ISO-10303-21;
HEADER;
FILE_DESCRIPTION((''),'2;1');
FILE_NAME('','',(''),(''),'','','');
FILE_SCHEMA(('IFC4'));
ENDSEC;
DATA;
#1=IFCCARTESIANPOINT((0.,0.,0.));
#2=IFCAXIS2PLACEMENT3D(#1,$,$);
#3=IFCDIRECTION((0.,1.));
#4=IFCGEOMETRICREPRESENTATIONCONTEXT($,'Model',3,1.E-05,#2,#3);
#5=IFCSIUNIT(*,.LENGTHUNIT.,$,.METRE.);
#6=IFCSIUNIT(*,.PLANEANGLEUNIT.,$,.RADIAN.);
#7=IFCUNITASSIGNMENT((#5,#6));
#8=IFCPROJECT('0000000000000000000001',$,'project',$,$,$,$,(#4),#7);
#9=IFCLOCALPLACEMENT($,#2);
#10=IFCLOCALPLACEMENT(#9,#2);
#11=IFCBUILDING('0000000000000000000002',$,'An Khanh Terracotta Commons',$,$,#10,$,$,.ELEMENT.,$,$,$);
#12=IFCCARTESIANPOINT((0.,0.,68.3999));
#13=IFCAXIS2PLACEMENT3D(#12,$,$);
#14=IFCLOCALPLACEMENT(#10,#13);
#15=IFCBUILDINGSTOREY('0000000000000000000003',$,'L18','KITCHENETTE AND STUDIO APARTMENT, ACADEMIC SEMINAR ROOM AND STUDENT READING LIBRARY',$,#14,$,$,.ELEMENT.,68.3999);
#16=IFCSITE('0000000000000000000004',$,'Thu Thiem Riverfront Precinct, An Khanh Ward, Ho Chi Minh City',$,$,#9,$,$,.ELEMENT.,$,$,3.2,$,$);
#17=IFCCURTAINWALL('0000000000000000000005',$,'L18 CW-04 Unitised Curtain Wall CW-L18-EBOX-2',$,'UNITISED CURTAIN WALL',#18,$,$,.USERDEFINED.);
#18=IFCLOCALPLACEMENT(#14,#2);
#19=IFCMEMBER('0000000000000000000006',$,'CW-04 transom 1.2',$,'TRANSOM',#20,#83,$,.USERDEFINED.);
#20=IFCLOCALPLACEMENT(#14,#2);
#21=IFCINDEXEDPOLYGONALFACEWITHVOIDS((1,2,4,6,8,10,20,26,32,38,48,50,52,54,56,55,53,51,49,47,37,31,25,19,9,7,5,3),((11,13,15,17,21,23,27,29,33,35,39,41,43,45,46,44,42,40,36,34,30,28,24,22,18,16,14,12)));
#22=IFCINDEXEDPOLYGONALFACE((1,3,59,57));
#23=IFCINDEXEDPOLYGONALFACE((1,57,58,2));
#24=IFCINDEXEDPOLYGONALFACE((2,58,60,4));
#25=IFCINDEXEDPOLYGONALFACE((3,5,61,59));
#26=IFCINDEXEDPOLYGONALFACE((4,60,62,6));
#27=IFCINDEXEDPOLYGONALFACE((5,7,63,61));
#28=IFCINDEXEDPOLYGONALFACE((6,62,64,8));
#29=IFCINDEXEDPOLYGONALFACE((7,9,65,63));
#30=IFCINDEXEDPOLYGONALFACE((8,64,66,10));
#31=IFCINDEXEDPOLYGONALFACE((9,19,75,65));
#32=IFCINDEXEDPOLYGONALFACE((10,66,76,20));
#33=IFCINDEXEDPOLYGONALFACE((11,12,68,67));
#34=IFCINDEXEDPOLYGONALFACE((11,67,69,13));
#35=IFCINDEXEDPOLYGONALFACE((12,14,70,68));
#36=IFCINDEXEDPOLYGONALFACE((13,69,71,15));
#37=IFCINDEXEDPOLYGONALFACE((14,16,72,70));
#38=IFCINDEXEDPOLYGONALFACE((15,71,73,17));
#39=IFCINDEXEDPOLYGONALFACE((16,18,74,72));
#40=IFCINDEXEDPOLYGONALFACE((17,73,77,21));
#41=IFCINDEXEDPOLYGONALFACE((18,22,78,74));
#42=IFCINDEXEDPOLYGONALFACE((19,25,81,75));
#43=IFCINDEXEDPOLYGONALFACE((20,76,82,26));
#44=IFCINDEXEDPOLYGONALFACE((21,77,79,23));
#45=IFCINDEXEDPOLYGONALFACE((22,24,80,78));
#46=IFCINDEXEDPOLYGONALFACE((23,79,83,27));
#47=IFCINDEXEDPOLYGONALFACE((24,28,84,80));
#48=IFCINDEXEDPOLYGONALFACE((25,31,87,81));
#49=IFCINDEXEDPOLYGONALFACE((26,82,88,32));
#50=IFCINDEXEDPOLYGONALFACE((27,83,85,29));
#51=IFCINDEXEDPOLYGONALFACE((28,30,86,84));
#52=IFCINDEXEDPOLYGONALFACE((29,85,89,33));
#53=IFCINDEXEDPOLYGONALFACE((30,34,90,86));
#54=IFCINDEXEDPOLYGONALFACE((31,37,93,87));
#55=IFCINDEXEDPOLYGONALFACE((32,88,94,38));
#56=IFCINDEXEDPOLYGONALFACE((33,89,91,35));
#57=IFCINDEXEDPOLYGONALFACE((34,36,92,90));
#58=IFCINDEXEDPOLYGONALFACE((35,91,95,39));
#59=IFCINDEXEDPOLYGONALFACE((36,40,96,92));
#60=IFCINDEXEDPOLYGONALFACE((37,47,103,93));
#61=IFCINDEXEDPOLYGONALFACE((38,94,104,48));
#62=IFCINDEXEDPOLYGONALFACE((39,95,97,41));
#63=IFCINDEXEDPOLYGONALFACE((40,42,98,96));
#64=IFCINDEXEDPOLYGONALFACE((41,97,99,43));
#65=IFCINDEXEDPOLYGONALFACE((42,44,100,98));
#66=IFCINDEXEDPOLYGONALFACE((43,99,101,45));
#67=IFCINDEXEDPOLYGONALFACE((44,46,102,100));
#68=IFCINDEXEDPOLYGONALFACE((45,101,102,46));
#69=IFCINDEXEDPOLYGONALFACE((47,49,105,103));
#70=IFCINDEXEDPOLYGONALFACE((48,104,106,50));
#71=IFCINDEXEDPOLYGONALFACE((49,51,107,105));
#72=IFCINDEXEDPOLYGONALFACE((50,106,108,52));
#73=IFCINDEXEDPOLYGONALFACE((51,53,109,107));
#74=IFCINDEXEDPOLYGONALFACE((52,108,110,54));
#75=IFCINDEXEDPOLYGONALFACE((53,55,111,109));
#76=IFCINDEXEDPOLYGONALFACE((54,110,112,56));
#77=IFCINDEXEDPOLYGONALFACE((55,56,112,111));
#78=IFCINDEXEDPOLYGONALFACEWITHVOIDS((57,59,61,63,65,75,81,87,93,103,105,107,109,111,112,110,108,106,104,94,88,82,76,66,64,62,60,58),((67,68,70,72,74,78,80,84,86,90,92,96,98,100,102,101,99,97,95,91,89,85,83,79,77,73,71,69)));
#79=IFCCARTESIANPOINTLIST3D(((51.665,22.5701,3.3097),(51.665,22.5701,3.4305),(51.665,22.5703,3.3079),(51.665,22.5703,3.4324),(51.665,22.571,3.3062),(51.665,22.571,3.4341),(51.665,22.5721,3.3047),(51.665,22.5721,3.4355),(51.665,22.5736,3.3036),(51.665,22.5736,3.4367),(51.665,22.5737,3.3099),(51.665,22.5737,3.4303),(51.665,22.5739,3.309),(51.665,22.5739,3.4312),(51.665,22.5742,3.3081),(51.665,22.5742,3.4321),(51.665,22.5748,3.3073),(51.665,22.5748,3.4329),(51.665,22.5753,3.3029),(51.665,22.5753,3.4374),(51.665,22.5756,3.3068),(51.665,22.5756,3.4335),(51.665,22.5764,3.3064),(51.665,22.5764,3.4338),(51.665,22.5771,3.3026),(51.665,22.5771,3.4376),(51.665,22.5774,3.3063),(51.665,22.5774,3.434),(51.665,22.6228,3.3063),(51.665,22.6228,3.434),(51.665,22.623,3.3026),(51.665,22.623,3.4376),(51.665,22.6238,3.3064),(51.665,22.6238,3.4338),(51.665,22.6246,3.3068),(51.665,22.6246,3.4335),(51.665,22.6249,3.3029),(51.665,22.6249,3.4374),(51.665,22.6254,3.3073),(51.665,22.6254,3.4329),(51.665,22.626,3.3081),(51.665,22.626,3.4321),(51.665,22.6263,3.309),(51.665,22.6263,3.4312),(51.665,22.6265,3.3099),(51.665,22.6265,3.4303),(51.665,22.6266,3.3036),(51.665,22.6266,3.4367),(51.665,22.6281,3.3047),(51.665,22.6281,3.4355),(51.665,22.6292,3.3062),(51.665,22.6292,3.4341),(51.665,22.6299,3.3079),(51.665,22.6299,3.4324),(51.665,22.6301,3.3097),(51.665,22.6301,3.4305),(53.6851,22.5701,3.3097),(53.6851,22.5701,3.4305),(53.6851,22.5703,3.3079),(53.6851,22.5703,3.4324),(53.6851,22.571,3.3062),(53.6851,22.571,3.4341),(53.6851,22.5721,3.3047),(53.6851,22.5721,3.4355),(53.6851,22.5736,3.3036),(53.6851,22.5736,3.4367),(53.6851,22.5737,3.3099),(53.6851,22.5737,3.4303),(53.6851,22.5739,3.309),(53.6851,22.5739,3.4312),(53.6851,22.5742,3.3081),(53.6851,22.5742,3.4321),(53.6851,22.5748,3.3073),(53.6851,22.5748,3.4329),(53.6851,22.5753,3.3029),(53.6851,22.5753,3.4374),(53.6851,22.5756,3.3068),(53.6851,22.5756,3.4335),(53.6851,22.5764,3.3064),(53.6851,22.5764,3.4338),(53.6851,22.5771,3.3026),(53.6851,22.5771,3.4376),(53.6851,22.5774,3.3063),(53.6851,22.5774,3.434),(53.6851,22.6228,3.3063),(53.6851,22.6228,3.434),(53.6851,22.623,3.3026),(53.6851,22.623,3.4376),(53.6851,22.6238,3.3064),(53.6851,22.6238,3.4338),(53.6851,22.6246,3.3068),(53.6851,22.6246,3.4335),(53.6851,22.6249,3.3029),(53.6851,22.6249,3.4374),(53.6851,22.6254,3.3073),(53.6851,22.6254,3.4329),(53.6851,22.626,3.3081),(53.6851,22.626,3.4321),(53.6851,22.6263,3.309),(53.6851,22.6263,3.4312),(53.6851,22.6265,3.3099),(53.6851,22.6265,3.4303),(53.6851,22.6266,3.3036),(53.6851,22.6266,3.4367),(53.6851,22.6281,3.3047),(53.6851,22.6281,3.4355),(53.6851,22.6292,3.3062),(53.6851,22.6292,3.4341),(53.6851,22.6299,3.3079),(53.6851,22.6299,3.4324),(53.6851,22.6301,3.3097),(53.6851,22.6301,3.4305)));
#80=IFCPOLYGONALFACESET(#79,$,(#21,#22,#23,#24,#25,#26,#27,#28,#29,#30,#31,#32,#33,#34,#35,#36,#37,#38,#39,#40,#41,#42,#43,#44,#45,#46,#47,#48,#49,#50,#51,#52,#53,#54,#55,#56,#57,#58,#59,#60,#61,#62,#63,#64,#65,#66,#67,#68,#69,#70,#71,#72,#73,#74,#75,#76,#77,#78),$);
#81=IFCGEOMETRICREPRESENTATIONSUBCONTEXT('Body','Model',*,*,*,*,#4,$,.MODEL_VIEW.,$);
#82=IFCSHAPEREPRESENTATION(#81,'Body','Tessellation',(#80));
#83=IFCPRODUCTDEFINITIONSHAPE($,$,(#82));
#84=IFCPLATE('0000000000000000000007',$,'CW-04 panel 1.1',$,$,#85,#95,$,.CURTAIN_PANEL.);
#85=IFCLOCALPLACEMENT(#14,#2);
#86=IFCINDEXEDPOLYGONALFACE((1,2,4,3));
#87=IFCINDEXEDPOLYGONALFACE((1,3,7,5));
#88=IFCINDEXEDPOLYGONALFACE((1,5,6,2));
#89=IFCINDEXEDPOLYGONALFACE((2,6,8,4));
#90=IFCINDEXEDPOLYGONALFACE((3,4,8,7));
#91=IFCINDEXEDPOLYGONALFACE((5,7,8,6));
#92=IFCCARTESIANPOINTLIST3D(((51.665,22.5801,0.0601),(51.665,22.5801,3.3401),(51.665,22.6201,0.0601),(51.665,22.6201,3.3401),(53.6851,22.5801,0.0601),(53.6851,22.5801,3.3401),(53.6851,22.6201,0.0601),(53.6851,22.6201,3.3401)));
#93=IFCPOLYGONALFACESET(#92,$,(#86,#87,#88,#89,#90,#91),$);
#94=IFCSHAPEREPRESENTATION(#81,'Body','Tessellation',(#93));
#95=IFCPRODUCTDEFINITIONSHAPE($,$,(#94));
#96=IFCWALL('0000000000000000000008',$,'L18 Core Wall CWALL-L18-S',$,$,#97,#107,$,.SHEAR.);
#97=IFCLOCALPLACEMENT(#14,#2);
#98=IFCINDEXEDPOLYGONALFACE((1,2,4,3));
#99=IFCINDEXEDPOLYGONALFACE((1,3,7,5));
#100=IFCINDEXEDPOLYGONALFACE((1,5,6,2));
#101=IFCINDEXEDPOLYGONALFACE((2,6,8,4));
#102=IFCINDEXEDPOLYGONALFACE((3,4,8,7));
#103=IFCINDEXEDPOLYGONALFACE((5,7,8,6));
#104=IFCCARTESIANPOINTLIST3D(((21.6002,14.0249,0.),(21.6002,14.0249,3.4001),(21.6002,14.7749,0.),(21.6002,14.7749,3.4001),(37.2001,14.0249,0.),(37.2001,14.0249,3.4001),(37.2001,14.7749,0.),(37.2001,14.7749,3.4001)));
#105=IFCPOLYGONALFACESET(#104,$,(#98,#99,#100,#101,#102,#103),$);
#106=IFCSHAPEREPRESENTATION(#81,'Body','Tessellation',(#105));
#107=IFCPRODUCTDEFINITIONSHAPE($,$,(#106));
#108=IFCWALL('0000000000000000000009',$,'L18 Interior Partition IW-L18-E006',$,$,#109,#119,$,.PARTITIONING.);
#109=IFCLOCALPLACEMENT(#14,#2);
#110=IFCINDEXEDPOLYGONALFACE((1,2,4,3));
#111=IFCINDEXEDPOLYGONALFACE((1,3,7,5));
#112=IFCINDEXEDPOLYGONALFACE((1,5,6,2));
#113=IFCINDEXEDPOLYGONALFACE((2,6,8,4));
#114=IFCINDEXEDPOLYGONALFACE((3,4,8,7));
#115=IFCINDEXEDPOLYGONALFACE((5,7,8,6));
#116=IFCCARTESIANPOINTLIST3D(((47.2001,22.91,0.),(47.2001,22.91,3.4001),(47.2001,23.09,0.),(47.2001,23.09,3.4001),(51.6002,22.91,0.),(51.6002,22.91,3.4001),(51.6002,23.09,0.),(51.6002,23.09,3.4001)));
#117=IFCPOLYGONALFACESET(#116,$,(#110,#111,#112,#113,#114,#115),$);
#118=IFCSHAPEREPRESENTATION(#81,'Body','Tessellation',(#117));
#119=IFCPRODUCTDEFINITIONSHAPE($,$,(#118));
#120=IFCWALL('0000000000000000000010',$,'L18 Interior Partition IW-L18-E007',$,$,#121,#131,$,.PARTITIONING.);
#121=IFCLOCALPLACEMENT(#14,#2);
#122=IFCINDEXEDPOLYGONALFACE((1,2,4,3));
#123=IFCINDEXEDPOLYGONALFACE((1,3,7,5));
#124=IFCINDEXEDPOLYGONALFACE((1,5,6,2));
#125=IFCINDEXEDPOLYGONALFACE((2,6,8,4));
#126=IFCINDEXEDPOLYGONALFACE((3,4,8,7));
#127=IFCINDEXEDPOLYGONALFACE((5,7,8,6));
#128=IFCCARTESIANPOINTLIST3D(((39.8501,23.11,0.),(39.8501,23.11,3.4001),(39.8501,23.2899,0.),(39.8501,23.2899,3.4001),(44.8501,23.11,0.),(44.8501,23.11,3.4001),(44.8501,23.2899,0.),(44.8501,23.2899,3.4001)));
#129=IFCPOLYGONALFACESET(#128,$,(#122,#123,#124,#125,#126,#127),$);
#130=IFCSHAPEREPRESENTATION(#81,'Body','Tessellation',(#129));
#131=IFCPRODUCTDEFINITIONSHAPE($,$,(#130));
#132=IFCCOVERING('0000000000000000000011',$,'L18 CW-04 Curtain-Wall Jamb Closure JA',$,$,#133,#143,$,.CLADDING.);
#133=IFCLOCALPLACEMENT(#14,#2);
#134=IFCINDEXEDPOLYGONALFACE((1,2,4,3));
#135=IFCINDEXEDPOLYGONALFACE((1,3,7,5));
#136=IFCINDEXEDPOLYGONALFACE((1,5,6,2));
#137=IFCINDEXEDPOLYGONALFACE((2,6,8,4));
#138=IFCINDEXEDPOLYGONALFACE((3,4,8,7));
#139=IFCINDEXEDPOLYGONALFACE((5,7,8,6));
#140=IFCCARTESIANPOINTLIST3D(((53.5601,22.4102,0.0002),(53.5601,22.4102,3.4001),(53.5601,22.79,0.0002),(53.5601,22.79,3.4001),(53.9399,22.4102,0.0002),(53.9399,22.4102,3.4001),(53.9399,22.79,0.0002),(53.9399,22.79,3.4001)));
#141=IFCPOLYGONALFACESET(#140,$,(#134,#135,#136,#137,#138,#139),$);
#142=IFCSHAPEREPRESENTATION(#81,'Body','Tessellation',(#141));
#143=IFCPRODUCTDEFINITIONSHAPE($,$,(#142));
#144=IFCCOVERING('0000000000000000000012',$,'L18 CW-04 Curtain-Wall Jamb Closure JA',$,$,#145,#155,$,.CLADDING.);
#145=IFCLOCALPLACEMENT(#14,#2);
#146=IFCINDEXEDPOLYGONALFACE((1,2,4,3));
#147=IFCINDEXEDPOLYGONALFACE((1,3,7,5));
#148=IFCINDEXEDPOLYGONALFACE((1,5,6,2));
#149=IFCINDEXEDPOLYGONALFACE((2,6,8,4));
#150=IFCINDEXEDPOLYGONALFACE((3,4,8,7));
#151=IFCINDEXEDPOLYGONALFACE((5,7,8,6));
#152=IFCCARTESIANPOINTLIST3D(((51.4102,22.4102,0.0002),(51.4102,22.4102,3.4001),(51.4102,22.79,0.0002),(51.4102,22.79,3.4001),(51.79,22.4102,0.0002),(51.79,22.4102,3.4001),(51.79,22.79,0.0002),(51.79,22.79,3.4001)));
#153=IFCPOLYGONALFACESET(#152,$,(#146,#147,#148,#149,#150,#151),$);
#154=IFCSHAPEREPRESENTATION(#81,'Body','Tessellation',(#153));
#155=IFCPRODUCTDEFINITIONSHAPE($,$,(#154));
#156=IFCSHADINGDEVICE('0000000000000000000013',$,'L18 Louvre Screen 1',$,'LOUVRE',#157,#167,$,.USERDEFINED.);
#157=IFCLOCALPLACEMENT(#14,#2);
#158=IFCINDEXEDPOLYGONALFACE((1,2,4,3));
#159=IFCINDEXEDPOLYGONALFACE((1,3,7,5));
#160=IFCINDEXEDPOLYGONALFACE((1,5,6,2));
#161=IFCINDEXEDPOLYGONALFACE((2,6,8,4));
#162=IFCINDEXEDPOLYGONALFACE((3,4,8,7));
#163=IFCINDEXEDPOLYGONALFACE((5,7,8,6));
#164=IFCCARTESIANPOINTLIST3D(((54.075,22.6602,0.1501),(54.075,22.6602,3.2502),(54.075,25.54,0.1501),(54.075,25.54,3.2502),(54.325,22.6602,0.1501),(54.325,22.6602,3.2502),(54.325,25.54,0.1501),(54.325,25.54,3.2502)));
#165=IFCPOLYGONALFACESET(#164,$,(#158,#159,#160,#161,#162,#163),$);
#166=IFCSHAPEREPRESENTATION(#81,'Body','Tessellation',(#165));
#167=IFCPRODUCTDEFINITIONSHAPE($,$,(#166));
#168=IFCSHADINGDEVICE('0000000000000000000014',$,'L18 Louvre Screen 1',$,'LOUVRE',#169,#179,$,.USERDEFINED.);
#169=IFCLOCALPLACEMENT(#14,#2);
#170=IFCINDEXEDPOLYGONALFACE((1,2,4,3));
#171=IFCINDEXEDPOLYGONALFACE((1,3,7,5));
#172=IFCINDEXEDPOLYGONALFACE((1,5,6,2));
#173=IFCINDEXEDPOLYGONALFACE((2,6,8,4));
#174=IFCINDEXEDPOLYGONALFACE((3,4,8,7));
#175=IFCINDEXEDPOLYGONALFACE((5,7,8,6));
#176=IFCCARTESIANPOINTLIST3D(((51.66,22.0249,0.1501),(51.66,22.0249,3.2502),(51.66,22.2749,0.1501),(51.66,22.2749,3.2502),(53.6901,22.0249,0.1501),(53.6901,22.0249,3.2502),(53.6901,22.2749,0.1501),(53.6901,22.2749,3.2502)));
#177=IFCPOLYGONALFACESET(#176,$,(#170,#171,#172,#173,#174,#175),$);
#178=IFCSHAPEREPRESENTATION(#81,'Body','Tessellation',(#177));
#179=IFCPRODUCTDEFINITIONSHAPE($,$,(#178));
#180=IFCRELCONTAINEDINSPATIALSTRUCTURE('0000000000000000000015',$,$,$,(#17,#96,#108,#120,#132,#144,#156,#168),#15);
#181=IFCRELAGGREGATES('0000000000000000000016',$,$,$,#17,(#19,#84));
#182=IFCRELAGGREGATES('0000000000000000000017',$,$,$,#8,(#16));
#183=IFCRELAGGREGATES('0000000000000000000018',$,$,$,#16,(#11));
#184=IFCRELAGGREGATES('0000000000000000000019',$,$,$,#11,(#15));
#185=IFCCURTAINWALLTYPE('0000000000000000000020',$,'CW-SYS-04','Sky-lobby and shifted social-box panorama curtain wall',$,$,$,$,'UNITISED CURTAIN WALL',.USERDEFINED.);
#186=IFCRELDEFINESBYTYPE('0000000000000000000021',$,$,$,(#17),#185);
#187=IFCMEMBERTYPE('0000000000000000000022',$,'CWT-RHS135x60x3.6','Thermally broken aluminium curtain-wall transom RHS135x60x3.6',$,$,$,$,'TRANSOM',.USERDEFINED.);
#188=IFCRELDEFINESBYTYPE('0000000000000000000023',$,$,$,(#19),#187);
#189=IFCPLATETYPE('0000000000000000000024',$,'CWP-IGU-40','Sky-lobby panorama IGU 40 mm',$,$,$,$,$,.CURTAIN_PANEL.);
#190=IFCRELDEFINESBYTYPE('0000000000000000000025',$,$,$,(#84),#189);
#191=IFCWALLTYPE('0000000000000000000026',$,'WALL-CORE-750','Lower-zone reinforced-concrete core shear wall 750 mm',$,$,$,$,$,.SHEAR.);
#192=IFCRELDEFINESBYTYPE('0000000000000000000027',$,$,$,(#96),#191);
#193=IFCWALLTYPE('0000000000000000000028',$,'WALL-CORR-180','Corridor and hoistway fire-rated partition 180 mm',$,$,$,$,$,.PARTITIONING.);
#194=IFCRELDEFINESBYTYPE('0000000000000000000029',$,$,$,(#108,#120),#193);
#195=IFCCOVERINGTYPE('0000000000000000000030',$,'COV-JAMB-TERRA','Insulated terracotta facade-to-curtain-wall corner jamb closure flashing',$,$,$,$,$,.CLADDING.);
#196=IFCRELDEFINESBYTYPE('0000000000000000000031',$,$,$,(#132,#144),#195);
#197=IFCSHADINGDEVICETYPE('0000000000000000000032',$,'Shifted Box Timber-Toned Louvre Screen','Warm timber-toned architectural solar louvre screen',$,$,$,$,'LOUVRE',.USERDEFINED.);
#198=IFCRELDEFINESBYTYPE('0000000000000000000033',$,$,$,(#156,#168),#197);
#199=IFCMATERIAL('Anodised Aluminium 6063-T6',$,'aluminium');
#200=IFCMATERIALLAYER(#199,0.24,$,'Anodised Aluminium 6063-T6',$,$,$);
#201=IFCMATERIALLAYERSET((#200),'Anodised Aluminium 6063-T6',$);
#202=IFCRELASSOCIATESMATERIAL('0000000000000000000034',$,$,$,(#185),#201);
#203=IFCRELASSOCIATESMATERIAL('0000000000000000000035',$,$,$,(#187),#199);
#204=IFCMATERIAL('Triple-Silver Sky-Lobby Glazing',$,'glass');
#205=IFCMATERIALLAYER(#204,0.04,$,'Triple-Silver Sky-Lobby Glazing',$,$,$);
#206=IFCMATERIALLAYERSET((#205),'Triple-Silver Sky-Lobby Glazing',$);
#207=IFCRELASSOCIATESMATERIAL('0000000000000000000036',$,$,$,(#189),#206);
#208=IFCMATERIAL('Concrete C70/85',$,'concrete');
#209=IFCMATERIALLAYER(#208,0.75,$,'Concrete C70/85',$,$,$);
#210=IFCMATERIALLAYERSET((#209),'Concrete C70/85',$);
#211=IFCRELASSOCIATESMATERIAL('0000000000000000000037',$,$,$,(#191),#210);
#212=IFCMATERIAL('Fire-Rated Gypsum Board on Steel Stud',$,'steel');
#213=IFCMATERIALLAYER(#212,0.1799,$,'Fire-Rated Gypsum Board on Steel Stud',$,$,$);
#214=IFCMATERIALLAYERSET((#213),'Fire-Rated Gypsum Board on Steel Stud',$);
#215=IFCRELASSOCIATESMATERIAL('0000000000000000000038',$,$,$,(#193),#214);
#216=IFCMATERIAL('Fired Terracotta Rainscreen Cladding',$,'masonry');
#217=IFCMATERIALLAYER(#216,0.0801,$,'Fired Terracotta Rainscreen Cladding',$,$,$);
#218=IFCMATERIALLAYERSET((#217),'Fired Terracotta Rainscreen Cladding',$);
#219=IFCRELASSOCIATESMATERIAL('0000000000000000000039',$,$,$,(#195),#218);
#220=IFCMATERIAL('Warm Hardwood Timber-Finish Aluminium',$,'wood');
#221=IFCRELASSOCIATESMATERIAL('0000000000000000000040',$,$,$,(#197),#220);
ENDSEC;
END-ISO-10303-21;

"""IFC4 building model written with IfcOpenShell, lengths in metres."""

from ifc_helpers import new_model, si_unit, direction, frame, frame_2d, origin, origin_2d, place, context, subcontext, project, spatial, rectangle, hollow_rectangle, extrude, material, layer, layer_set, material_profile, profile_set, type_object, element, aggregate, save


model = new_model("IFC4")

# Units and contexts
model_context = context("Model", 3, precision=1e-05, world=origin(), true_north=direction((0.0, 1.0)))
body_context = subcontext(model_context, "Body", "Model", "MODEL_VIEW")
ifc_project = project(units=[si_unit("LENGTHUNIT", "METRE"), si_unit("PLANEANGLEUNIT", "RADIAN")], contexts=[model_context])

# Site, building, storey
site_placement = place(None, origin())
site = spatial("IfcSite", under=ifc_project, at=site_placement, Name="Thu Thiem Riverfront Precinct, An Khanh Ward, Ho Chi Minh City", CompositionType="ELEMENT", RefElevation=3.2)
building_placement = place(site_placement, origin())
building = spatial("IfcBuilding", under=site, at=building_placement, Name="An Khanh Terracotta Commons", CompositionType="ELEMENT")
storey_placement = place(building_placement, frame((0.0, 0.0, 68.3999)))
storey = spatial("IfcBuildingStorey", under=building, at=storey_placement, Name="L18", Description="KITCHENETTE AND STUDIO APARTMENT, ACADEMIC SEMINAR ROOM AND STUDENT READING LIBRARY", CompositionType="ELEMENT", Elevation=68.3999)

# Shared definitions
ifc_material_1 = material(Name="Concrete C70/85", Category="concrete")

# Shared definitions
ifc_material_2 = material(Name="Anodised Aluminium 6063-T6", Category="aluminium")
ifc_layer_1 = layer(ifc_material_2, 0.24, Name="Anodised Aluminium 6063-T6")
ifc_layer_set_1 = layer_set([ifc_layer_1], Name="Anodised Aluminium 6063-T6")
curtain_wall_type = type_object("IfcCurtainWallType", Name="CW-SYS-04", Description="Sky-lobby and shifted social-box panorama curtain wall", ElementType="UNITISED CURTAIN WALL", PredefinedType="USERDEFINED", material=ifc_layer_set_1)

# Curtain wall
curtain_wall_1_placement = place(storey_placement, origin())
curtain_wall_1 = element("IfcCurtainWall", 1, at=curtain_wall_1_placement, inside=storey, type_object=curtain_wall_type, Name="L18 CW-04 Unitised Curtain Wall CW-L18-EBOX-2", ObjectType="UNITISED CURTAIN WALL", PredefinedType="USERDEFINED")

# Member
ifc_material_profile_1 = material_profile(ifc_material_2, hollow_rectangle(XDim=0.0601, YDim=0.135, WallThickness=0.0037, InnerFilletRadius=0.0037, OuterFilletRadius=0.0071, at=origin_2d()), Name="RHS135x60x3.6")
ifc_profile_set_1 = profile_set([ifc_material_profile_1], Name="Anodised Aluminium 6063-T6")
member_type_1 = type_object("IfcMemberType", Name="CWT-RHS135x60x3.6", Description="Thermally broken aluminium curtain-wall transom RHS135x60x3.6", ElementType="TRANSOM", PredefinedType="USERDEFINED", material=ifc_profile_set_1)
member_1_placement = place(storey_placement, frame((51.665, 22.6001, 3.3701), z_axis=(1.0, 0.0, 0.0), x_axis=(0.0, 1.0, 0.0)))
member_1 = element("IfcMember", 2, at=member_1_placement, type_object=member_type_1, Name="CW-04 transom 1.2", ObjectType="TRANSOM", PredefinedType="USERDEFINED", context=body_context, shape_type="SweptSolid", body=[
    extrude(hollow_rectangle(XDim=0.0601, YDim=0.135, WallThickness=0.0037, InnerFilletRadius=0.0037, OuterFilletRadius=0.0071, at=origin_2d()), origin(), (0.0, 0.0, 1.0), 2.02),
])

# Plate
ifc_material_3 = material(Name="Triple-Silver Sky-Lobby Glazing", Category="glass")
ifc_layer_2 = layer(ifc_material_3, 0.04, Name="Triple-Silver Sky-Lobby Glazing")
ifc_layer_set_2 = layer_set([ifc_layer_2], Name="Triple-Silver Sky-Lobby Glazing")
plate_type = type_object("IfcPlateType", Name="CWP-IGU-40", Description="Sky-lobby panorama IGU 40 mm", PredefinedType="CURTAIN_PANEL", material=ifc_layer_set_2)
plate_placement = place(storey_placement, frame((52.675, 22.6001, 0.0601), z_axis=(0.0, 0.0, 1.0), x_axis=(1.0, 0.0, 0.0)))
plate = element("IfcPlate", 3, at=plate_placement, type_object=plate_type, Name="CW-04 panel 1.1", PredefinedType="CURTAIN_PANEL", context=body_context, shape_type="SweptSolid", body=[
    extrude(rectangle(XDim=2.02, YDim=0.04, at=origin_2d()), origin(), (0.0, 0.0, 1.0), 3.28),
])
aggregate(curtain_wall_1, [member_1, plate])

# Wall
ifc_layer_3 = layer(ifc_material_1, 0.75, Name="Concrete C70/85")
ifc_layer_set_3 = layer_set([ifc_layer_3], Name="Concrete C70/85")
wall_type_1 = type_object("IfcWallType", Name="WALL-CORE-750", Description="Lower-zone reinforced-concrete core shear wall 750 mm", PredefinedType="SHEAR", material=ifc_layer_set_3)
wall_1_placement = place(storey_placement, frame((37.2, 14.3999, 0.0), z_axis=(0.0, 0.0, 1.0), x_axis=(-1.0, 0.0, 0.0)))
element("IfcWall", 4, at=wall_1_placement, inside=storey, type_object=wall_type_1, Name="L18 Core Wall CWALL-L18-S", PredefinedType="SHEAR", context=body_context, shape_type="SweptSolid", body=[
    extrude(rectangle(XDim=15.5999, YDim=0.75, at=frame_2d((7.7998, 0.0))), origin(), (0.0, 0.0, 1.0), 3.4001),
])

# Walls
ifc_material_4 = material(Name="Fire-Rated Gypsum Board on Steel Stud", Category="steel")
ifc_layer_4 = layer(ifc_material_4, 0.1799, Name="Fire-Rated Gypsum Board on Steel Stud")
ifc_layer_set_4 = layer_set([ifc_layer_4], Name="Fire-Rated Gypsum Board on Steel Stud")
wall_type_2 = type_object("IfcWallType", Name="WALL-CORR-180", Description="Corridor and hoistway fire-rated partition 180 mm", PredefinedType="PARTITIONING", material=ifc_layer_set_4)
wall_2_placement = place(storey_placement, frame((47.2, 23.0, 0.0), z_axis=(0.0, 0.0, 1.0), x_axis=(1.0, 0.0, 0.0)))
element("IfcWall", 5, at=wall_2_placement, inside=storey, type_object=wall_type_2, Name="L18 Interior Partition IW-L18-E006", PredefinedType="PARTITIONING", context=body_context, shape_type="SweptSolid", body=[
    extrude(rectangle(XDim=4.4001, YDim=0.1799, at=frame_2d((2.2002, 0.0))), origin(), (0.0, 0.0, 1.0), 3.4001),
])
wall_3_placement = place(storey_placement, frame((39.8501, 23.2, 0.0), z_axis=(0.0, 0.0, 1.0), x_axis=(1.0, 0.0, 0.0)))
element("IfcWall", 6, at=wall_3_placement, inside=storey, type_object=wall_type_2, Name="L18 Interior Partition IW-L18-E007", PredefinedType="PARTITIONING", context=body_context, shape_type="SweptSolid", body=[
    extrude(rectangle(XDim=5.0, YDim=0.1799, at=frame_2d((2.5, 0.0))), origin(), (0.0, 0.0, 1.0), 3.4001),
])

# Coverings
ifc_material_5 = material(Name="Fired Terracotta Rainscreen Cladding", Category="masonry")
ifc_layer_5 = layer(ifc_material_5, 0.0801, Name="Fired Terracotta Rainscreen Cladding")
ifc_layer_set_5 = layer_set([ifc_layer_5], Name="Fired Terracotta Rainscreen Cladding")
covering_type = type_object("IfcCoveringType", Name="COV-JAMB-TERRA", Description="Insulated terracotta facade-to-curtain-wall corner jamb closure flashing", PredefinedType="CLADDING", material=ifc_layer_set_5)
for number, where, z_axis, x_axis, name in (
    (7, (53.75, 22.6001, 0.0002), (0.0, 0.0, 1.0), (1.0, 0.0, 0.0), "L18 CW-04 Curtain-Wall Jamb Closure JA"),
    (8, (51.6001, 22.6001, 0.0002), (0.0, 0.0, 1.0), (1.0, 0.0, 0.0), "L18 CW-04 Curtain-Wall Jamb Closure JA"),
):
    element("IfcCovering", number, at=place(storey_placement, frame(where, z_axis=z_axis, x_axis=x_axis)), inside=storey, type_object=covering_type, Name=name, PredefinedType="CLADDING", context=body_context, shape_type="SweptSolid", body=[
        extrude(rectangle(XDim=0.3799, YDim=0.3799, at=origin_2d()), origin(), (0.0, 0.0, 1.0), 3.3999),
    ])

# Shading devices
ifc_material_6 = material(Name="Warm Hardwood Timber-Finish Aluminium", Category="wood")
shading_device_type = type_object("IfcShadingDeviceType", Name="Shifted Box Timber-Toned Louvre Screen", Description="Warm timber-toned architectural solar louvre screen", ElementType="LOUVRE", PredefinedType="USERDEFINED", material=ifc_material_6)
shading_device_1_placement = place(storey_placement, frame((54.2, 24.1001, 0.1501), z_axis=(0.0, 0.0, 1.0), x_axis=(0.0, 1.0, 0.0)))
element("IfcShadingDevice", 9, at=shading_device_1_placement, inside=storey, type_object=shading_device_type, Name="L18 Louvre Screen 1", ObjectType="LOUVRE", PredefinedType="USERDEFINED", context=body_context, shape_type="SweptSolid", body=[
    extrude(rectangle(XDim=2.8799, YDim=0.25, at=origin_2d()), origin(), (0.0, 0.0, 1.0), 3.1001),
])
shading_device_2_placement = place(storey_placement, frame((52.675, 22.1499, 0.1501), z_axis=(0.0, 0.0, 1.0), x_axis=(1.0, 0.0, 0.0)))
element("IfcShadingDevice", 10, at=shading_device_2_placement, inside=storey, type_object=shading_device_type, Name="L18 Louvre Screen 1", ObjectType="LOUVRE", PredefinedType="USERDEFINED", context=body_context, shape_type="SweptSolid", body=[
    extrude(rectangle(XDim=2.03, YDim=0.25, at=origin_2d()), origin(), (0.0, 0.0, 1.0), 3.1001),
])

save(model, "model.ifc")
